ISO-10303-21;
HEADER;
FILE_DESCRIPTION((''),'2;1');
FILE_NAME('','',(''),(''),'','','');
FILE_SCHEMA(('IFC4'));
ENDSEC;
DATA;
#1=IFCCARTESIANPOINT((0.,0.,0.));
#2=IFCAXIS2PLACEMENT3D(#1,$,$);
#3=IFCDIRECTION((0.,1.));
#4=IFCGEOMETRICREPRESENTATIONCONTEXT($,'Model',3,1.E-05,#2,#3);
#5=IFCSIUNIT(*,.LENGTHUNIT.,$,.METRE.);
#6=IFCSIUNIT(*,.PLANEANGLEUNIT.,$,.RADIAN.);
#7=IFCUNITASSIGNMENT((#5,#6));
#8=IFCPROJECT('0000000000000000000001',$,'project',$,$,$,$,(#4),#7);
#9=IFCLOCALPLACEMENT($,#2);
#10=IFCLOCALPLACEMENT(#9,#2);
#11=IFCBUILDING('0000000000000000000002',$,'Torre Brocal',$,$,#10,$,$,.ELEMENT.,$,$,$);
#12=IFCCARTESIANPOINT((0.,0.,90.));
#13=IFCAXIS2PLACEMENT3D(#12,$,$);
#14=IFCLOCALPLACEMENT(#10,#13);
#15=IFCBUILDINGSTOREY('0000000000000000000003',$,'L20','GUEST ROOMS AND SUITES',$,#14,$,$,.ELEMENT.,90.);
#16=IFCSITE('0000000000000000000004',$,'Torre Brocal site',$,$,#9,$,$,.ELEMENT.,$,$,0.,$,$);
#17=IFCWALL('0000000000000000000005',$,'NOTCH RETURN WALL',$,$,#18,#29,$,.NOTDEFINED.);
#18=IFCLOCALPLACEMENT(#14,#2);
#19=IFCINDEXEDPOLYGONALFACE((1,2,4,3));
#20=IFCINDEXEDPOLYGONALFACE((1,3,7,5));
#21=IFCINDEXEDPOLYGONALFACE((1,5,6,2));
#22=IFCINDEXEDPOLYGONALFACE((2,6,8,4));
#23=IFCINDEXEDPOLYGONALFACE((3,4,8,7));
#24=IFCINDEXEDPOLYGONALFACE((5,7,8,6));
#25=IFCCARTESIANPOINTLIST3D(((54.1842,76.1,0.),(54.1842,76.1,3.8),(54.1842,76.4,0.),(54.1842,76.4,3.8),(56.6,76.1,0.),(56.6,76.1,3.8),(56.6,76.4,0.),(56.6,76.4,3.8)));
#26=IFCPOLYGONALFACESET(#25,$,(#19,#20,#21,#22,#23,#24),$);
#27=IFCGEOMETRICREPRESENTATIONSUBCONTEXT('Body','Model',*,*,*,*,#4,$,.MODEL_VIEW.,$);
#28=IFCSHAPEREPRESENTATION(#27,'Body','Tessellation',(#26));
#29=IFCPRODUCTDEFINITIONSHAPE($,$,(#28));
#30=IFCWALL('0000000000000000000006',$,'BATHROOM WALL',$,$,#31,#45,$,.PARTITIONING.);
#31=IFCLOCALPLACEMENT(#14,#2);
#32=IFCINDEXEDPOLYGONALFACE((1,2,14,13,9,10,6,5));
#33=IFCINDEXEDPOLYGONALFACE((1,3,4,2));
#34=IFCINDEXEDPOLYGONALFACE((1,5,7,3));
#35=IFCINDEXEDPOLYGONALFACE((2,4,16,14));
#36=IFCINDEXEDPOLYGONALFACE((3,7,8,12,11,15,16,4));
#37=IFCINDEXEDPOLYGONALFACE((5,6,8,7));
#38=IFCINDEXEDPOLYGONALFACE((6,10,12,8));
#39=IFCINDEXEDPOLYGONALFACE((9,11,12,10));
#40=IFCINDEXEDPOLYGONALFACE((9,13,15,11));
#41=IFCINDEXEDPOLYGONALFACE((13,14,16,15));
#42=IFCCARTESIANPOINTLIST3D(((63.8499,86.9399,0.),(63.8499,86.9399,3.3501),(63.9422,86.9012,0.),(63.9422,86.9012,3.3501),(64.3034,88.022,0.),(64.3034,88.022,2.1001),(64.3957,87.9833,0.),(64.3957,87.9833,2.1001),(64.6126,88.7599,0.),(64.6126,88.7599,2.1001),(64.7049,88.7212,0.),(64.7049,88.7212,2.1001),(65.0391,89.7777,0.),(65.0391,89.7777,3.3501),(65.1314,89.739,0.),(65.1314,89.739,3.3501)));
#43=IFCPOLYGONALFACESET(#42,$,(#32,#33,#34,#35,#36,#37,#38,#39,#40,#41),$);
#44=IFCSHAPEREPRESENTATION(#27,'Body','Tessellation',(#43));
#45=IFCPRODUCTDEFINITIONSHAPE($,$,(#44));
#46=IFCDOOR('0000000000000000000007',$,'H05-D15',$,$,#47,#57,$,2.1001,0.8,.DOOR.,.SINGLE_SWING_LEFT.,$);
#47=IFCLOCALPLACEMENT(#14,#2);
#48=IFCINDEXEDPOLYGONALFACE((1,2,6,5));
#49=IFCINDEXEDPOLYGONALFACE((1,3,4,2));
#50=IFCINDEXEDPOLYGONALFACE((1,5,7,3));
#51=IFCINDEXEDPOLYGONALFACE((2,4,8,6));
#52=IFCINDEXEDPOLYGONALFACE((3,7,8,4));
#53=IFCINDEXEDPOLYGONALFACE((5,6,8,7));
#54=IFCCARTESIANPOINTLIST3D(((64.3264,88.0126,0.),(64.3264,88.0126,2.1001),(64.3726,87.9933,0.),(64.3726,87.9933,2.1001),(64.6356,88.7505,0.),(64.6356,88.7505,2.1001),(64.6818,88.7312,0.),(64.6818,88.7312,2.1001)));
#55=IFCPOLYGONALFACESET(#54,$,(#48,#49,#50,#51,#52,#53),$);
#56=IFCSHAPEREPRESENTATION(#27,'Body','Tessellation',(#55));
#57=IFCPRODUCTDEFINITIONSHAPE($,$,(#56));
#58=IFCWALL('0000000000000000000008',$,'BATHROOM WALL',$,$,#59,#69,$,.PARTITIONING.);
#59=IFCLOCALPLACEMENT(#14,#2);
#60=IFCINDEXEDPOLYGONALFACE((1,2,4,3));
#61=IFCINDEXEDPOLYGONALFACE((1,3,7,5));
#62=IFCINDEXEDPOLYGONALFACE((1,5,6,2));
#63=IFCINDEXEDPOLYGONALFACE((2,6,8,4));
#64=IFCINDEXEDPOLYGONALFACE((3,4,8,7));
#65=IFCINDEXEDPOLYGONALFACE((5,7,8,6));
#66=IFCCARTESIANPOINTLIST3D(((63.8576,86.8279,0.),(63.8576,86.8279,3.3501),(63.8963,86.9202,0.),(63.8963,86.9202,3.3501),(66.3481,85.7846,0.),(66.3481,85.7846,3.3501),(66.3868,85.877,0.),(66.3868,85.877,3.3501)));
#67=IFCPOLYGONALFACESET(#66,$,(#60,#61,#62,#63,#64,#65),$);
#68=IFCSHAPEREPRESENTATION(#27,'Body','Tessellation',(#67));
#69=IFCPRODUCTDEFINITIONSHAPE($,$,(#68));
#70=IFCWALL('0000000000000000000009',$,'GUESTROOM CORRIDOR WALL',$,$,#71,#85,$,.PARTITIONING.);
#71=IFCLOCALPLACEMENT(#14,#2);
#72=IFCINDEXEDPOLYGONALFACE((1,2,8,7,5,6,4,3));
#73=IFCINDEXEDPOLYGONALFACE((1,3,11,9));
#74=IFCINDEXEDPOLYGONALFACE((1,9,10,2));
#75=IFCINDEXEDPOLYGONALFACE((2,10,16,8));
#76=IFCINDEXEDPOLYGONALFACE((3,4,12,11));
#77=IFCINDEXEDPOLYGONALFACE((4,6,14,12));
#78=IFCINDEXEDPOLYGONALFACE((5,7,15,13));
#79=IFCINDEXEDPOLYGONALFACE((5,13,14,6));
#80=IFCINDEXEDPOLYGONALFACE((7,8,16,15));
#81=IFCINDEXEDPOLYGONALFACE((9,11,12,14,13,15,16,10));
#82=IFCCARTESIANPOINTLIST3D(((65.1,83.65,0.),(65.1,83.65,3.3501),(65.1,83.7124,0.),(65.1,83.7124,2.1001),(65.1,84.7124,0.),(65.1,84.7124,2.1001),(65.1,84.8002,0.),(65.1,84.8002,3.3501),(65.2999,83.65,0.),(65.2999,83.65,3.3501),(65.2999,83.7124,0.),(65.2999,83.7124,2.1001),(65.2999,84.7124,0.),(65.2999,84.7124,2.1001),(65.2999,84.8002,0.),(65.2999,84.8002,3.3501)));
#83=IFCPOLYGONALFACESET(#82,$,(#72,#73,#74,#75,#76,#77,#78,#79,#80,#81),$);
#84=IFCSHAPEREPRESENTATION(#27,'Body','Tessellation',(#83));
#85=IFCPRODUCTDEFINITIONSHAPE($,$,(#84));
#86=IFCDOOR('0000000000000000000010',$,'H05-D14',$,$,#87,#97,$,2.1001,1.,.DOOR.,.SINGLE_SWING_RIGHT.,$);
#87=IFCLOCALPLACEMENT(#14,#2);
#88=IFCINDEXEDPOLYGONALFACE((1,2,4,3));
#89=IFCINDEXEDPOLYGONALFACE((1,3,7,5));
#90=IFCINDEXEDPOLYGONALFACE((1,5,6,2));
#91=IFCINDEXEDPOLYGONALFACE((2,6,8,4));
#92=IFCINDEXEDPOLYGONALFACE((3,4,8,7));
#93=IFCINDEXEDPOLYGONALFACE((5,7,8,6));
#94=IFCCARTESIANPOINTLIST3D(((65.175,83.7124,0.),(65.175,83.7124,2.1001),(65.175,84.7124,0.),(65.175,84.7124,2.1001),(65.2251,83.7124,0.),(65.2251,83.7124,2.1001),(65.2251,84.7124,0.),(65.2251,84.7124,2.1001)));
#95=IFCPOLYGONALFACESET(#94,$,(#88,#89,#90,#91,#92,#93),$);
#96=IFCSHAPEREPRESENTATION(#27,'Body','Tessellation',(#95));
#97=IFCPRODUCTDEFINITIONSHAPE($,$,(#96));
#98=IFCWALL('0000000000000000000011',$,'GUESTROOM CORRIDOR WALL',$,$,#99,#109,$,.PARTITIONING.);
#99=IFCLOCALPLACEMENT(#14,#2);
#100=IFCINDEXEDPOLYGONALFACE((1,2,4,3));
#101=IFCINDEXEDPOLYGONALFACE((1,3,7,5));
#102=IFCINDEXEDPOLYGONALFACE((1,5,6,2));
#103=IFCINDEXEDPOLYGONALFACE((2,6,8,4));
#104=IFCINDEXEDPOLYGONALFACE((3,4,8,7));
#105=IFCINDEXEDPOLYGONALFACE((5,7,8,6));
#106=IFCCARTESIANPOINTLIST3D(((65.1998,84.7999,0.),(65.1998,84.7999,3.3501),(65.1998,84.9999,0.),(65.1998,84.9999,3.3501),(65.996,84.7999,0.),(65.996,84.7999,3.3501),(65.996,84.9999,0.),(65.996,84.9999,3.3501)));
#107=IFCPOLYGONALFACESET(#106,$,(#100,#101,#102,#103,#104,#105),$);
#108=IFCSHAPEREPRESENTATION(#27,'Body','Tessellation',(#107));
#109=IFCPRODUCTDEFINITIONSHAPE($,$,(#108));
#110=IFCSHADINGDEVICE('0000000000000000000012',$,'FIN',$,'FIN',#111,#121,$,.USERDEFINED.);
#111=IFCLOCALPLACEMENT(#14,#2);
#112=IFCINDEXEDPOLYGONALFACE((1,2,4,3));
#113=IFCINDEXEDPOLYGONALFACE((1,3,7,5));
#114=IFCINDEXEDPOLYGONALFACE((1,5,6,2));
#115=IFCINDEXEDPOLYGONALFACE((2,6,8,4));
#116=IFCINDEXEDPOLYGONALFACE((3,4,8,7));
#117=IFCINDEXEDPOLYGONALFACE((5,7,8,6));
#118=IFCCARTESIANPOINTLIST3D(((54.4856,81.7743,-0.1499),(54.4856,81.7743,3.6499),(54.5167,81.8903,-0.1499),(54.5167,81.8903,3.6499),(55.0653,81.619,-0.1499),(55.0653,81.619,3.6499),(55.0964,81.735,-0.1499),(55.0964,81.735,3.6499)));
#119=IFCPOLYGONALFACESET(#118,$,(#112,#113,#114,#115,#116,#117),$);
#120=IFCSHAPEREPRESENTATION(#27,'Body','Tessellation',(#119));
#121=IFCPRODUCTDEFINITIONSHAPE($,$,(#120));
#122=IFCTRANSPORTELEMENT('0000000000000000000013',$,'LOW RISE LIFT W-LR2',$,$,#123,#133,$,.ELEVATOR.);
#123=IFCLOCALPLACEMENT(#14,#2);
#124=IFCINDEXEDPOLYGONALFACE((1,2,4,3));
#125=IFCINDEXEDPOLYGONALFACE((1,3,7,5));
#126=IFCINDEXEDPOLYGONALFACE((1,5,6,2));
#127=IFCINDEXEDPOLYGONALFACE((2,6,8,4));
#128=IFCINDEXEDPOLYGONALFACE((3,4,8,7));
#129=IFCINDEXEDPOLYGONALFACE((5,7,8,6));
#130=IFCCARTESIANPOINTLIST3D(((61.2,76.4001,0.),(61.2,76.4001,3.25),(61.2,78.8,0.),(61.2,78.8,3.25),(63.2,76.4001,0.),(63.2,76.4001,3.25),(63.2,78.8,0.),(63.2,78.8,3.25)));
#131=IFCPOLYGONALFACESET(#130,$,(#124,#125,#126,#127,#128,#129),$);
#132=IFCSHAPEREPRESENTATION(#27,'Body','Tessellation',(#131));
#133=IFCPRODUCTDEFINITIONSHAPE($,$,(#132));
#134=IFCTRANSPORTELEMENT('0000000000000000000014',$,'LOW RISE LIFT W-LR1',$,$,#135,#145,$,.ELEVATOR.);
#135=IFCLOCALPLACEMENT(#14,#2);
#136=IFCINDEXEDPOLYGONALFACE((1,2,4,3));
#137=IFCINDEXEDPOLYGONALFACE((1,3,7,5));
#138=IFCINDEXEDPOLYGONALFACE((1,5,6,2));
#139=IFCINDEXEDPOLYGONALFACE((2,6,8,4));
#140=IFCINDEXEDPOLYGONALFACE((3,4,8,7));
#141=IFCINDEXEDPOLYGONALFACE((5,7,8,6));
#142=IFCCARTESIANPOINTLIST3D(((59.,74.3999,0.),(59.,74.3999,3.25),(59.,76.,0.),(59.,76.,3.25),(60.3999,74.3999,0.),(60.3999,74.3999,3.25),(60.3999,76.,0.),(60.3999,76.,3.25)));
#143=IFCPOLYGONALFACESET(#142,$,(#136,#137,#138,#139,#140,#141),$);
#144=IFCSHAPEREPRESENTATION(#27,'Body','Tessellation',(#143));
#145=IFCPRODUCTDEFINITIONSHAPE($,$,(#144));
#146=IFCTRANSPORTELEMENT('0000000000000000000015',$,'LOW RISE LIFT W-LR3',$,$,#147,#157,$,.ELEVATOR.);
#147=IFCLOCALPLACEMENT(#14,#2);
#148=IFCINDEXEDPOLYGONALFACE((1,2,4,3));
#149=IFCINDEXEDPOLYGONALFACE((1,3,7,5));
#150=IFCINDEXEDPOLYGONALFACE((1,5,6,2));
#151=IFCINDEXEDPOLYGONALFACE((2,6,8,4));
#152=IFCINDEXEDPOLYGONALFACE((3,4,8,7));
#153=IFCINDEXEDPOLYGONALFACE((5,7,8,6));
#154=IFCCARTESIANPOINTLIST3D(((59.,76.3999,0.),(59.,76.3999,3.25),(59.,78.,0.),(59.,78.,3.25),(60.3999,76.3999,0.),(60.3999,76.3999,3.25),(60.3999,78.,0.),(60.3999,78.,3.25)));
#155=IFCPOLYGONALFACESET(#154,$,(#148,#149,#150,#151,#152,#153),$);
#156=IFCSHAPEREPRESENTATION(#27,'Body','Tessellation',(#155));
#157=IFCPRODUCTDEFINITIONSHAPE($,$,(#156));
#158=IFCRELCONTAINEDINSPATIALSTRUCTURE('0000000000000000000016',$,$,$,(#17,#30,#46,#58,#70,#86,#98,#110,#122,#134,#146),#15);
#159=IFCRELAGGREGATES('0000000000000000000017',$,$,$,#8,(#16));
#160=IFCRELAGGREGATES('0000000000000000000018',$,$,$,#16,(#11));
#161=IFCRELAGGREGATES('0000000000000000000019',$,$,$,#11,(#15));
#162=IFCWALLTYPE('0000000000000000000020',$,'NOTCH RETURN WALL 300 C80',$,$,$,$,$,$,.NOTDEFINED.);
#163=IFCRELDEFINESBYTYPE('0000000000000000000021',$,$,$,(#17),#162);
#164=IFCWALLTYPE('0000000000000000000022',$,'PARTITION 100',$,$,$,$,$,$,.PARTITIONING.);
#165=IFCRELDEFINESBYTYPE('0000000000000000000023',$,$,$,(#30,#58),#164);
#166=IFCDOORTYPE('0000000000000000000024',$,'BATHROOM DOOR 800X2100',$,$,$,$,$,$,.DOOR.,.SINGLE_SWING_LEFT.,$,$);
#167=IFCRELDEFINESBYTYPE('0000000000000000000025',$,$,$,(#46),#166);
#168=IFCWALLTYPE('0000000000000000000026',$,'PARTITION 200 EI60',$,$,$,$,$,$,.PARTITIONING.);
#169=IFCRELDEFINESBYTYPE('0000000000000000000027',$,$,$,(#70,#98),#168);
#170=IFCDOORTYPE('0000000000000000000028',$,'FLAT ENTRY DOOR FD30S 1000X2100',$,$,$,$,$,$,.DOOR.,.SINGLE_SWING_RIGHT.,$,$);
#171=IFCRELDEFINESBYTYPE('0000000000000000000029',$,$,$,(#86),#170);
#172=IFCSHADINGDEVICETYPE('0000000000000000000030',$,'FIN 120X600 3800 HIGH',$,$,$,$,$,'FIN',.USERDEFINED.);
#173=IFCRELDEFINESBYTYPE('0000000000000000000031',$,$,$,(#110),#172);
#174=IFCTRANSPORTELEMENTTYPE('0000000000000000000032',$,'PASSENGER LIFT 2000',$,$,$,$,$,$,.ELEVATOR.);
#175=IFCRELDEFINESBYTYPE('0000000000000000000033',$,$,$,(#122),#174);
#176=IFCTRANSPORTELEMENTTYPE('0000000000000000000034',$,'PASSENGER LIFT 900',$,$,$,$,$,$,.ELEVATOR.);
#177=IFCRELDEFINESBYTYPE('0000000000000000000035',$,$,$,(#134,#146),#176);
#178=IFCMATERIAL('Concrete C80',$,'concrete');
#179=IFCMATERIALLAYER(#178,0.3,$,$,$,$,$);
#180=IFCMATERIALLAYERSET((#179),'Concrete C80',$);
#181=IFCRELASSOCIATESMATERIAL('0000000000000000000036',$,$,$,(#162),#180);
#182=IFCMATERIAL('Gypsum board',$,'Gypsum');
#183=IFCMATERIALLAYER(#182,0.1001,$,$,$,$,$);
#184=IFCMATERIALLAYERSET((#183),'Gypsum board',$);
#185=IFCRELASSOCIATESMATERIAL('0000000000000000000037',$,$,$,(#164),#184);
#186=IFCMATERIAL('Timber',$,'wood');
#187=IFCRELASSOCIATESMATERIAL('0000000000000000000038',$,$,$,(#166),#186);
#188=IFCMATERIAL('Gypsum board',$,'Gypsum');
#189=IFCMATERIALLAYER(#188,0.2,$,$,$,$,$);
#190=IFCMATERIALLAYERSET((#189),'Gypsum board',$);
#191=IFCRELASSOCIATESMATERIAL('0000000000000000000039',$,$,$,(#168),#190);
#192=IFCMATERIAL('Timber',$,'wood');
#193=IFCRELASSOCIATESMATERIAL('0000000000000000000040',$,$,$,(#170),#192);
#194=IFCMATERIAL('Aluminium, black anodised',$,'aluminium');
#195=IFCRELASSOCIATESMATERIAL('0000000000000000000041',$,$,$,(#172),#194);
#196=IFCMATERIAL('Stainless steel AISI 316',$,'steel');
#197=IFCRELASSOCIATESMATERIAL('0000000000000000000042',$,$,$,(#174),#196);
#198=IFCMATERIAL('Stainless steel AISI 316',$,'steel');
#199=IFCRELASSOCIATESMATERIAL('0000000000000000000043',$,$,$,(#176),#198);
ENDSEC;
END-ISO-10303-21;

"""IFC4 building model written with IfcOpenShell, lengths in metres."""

from ifc_helpers import new_model, si_unit, direction, frame, frame_2d, origin, origin_2d, place, context, subcontext, project, spatial, rectangle, extrude, material, layer, layer_set, material_profile, profile_set, type_object, element, fill, save


model = new_model("IFC4")

# Units and contexts
model_context = context("Model", 3, precision=1e-05, world=origin(), true_north=direction((0.0, 1.0)))
body_context = subcontext(model_context, "Body", "Model", "MODEL_VIEW")
ifc_project = project(units=[si_unit("LENGTHUNIT", "METRE"), si_unit("PLANEANGLEUNIT", "RADIAN")], contexts=[model_context])

# Site, building, storey
site_placement = place(None, origin())
site = spatial("IfcSite", under=ifc_project, at=site_placement, Name="Torre Brocal site", CompositionType="ELEMENT", RefElevation=0.0)
building_placement = place(site_placement, origin())
building = spatial("IfcBuilding", under=site, at=building_placement, Name="Torre Brocal", CompositionType="ELEMENT")
storey_placement = place(building_placement, frame((0.0, 0.0, 90.0)))
storey = spatial("IfcBuildingStorey", under=building, at=storey_placement, Name="L20", Description="GUEST ROOMS AND SUITES", CompositionType="ELEMENT", Elevation=90.0)

# Wall
ifc_material_1 = material(Name="Concrete C80", Category="concrete")
ifc_layer_1 = layer(ifc_material_1, 0.3)
ifc_layer_set_1 = layer_set([ifc_layer_1], Name="Concrete C80")
wall_type_1 = type_object("IfcWallType", Name="NOTCH RETURN WALL 300 C80", PredefinedType="NOTDEFINED", material=ifc_layer_set_1)
wall_1_placement = place(storey_placement, frame((56.6001, 76.25, 0.0), z_axis=(0.0, 0.0, 1.0), x_axis=(-1.0, 0.0, 0.0)))
element("IfcWall", 1, at=wall_1_placement, inside=storey, type_object=wall_type_1, Name="NOTCH RETURN WALL", PredefinedType="NOTDEFINED", context=body_context, shape_type="SweptSolid", body=[
    extrude(rectangle(XDim=2.4158, YDim=0.3, at=frame_2d((1.208, 0.0))), origin(), (0.0, 0.0, 1.0), 3.8),
])

# Wall, opening, door
ifc_material_2 = material(Name="Gypsum board", Category="Gypsum")
ifc_layer_2 = layer(ifc_material_2, 0.1001)
ifc_layer_set_2 = layer_set([ifc_layer_2], Name="Gypsum board")
wall_type_2 = type_object("IfcWallType", Name="PARTITION 100", PredefinedType="PARTITIONING", material=ifc_layer_set_2)
wall_2_placement = place(storey_placement, frame((63.896, 86.9204, 0.0), z_axis=(0.0, 0.0, 1.0), x_axis=(0.386485, 0.922296, 0.0)))
wall_2 = element("IfcWall", 2, at=wall_2_placement, inside=storey, type_object=wall_type_2, Name="BATHROOM WALL", PredefinedType="PARTITIONING", context=body_context, shape_type="SweptSolid", body=[
    extrude(rectangle(XDim=3.0769, YDim=0.1001, at=frame_2d((1.5386, 0.0))), origin(), (0.0, 0.0, 1.0), 3.3501),
])
opening_1_placement = place(wall_2_placement, frame((1.1736, 0.0, 0.0)))
opening_1 = element("IfcOpeningElement", 3, at=opening_1_placement, cuts=wall_2, PredefinedType="OPENING", context=body_context, shape_type="SweptSolid", body=[
    extrude(rectangle(XDim=0.8, YDim=2.1001, at=frame_2d((0.3999, 1.05))), frame((0.0, 0.0601, 0.0), z_axis=(0.0, -1.0, 0.0), x_axis=(1.0, 0.0, 0.0)), (0.0, 0.0, 1.0), 0.1201),
])
ifc_material_3 = material(Name="Timber", Category="wood")
door_type_1 = type_object("IfcDoorType", Name="BATHROOM DOOR 800X2100", OperationType="SINGLE_SWING_LEFT", PredefinedType="DOOR", material=ifc_material_3)
door_1_placement = place(opening_1_placement, frame((0.8, 0.0, 0.0), z_axis=(0.0, 0.0, 1.0), x_axis=(-1.0, 0.0, 0.0)))
door_1 = element("IfcDoor", 4, at=door_1_placement, inside=storey, type_object=door_type_1, Name="H05-D15", OperationType="SINGLE_SWING_LEFT", OverallHeight=2.1001, OverallWidth=0.8, PredefinedType="DOOR", context=body_context, shape_type="SweptSolid", body=[
    extrude(rectangle(XDim=0.8, YDim=2.1001, at=frame_2d((0.3999, 1.05))), frame((0.0, 0.0249, 0.0), z_axis=(0.0, -1.0, 0.0), x_axis=(1.0, 0.0, 0.0)), (0.0, 0.0, 1.0), 0.05),
])
fill(opening_1, door_1)

# Wall
wall_3_placement = place(storey_placement, frame((63.877, 86.874, 0.0), z_axis=(0.0, 0.0, 1.0), x_axis=(0.92235, -0.386355, 0.0)))
element("IfcWall", 5, at=wall_3_placement, inside=storey, type_object=wall_type_2, Name="BATHROOM WALL", PredefinedType="PARTITIONING", context=body_context, shape_type="SweptSolid", body=[
    extrude(rectangle(XDim=2.7002, YDim=0.1001, at=frame_2d((1.3501, 0.0))), origin(), (0.0, 0.0, 1.0), 3.3501),
])

# Wall, opening, door
ifc_material_4 = material(Name="Gypsum board", Category="Gypsum")
ifc_layer_3 = layer(ifc_material_4, 0.2)
ifc_layer_set_3 = layer_set([ifc_layer_3], Name="Gypsum board")
wall_type_3 = type_object("IfcWallType", Name="PARTITION 200 EI60", PredefinedType="PARTITIONING", material=ifc_layer_set_3)
wall_4_placement = place(storey_placement, frame((65.2, 83.6499, 0.0), z_axis=(0.0, 0.0, 1.0), x_axis=(0.0, 1.0, 0.0)))
wall_4 = element("IfcWall", 6, at=wall_4_placement, inside=storey, type_object=wall_type_3, Name="GUESTROOM CORRIDOR WALL", PredefinedType="PARTITIONING", context=body_context, shape_type="SweptSolid", body=[
    extrude(rectangle(XDim=1.1501, YDim=0.2, at=frame_2d((0.5752, 0.0))), origin(), (0.0, 0.0, 1.0), 3.3501),
])
opening_2_placement = place(wall_4_placement, frame((0.0625, 0.0, 0.0)))
opening_2 = element("IfcOpeningElement", 7, at=opening_2_placement, cuts=wall_4, PredefinedType="OPENING", context=body_context, shape_type="SweptSolid", body=[
    extrude(rectangle(XDim=1.0, YDim=2.1001, at=frame_2d((0.5, 1.05))), frame((0.0, 0.1099, 0.0), z_axis=(0.0, -1.0, 0.0), x_axis=(1.0, 0.0, 0.0)), (0.0, 0.0, 1.0), 0.22),
])
ifc_material_5 = material(Name="Timber", Category="wood")
door_type_2 = type_object("IfcDoorType", Name="FLAT ENTRY DOOR FD30S 1000X2100", OperationType="SINGLE_SWING_RIGHT", PredefinedType="DOOR", material=ifc_material_5)
door_2_placement = place(opening_2_placement, origin())
door_2 = element("IfcDoor", 8, at=door_2_placement, inside=storey, type_object=door_type_2, Name="H05-D14", OperationType="SINGLE_SWING_RIGHT", OverallHeight=2.1001, OverallWidth=1.0, PredefinedType="DOOR", context=body_context, shape_type="SweptSolid", body=[
    extrude(rectangle(XDim=1.0, YDim=2.1001, at=frame_2d((0.5, 1.05))), frame((0.0, 0.0249, 0.0), z_axis=(0.0, -1.0, 0.0), x_axis=(1.0, 0.0, 0.0)), (0.0, 0.0, 1.0), 0.05),
])
fill(opening_2, door_2)

# Wall
wall_5_placement = place(storey_placement, frame((65.2, 84.8999, 0.0), z_axis=(0.0, 0.0, 1.0), x_axis=(1.0, 0.0, 0.0)))
element("IfcWall", 9, at=wall_5_placement, inside=storey, type_object=wall_type_3, Name="GUESTROOM CORRIDOR WALL", PredefinedType="PARTITIONING", context=body_context, shape_type="SweptSolid", body=[
    extrude(rectangle(XDim=0.7961, YDim=0.2, at=frame_2d((0.3979, 0.0))), origin(), (0.0, 0.0, 1.0), 3.3501),
])

# Shading device
ifc_material_6 = material(Name="Aluminium, black anodised", Category="aluminium")
ifc_material_profile_1 = material_profile(ifc_material_6, rectangle(XDim=0.1201, YDim=0.6001, at=origin_2d()), Name="FIN 120X600 3800 HIGH")
ifc_profile_set_1 = profile_set([ifc_material_profile_1], Name="Aluminium, black anodised")
shading_device_type = type_object("IfcShadingDeviceType", Name="FIN 120X600 3800 HIGH", ElementType="FIN", PredefinedType="USERDEFINED", material=ifc_profile_set_1)
shading_device_placement = place(storey_placement, frame((54.791, 81.7546, -0.1499), z_axis=(0.0, 0.0, 1.0), x_axis=(-0.258819, -0.965926, 0.0)))
element("IfcShadingDevice", 10, at=shading_device_placement, inside=storey, type_object=shading_device_type, Name="FIN", ObjectType="FIN", PredefinedType="USERDEFINED", context=body_context, shape_type="SweptSolid", body=[
    extrude(rectangle(XDim=0.1201, YDim=0.6001, at=origin_2d()), origin(), (0.0, 0.0, 1.0), 3.7998),
])

# Transport elements
ifc_material_7 = material(Name="Stainless steel AISI 316", Category="steel")
transport_element_type_1 = type_object("IfcTransportElementType", Name="PASSENGER LIFT 2000", PredefinedType="ELEVATOR", material=ifc_material_7)
transport_element_placement = place(storey_placement, frame((62.2, 77.6001, 0.0), z_axis=(0.0, 0.0, 1.0), x_axis=(1.0, 0.0, 0.0)))
element("IfcTransportElement", 11, at=transport_element_placement, inside=storey, type_object=transport_element_type_1, Name="LOW RISE LIFT W-LR2", PredefinedType="ELEVATOR", context=body_context, shape_type="SweptSolid", body=[
    extrude(rectangle(XDim=2.0, YDim=2.3999, at=origin_2d()), origin(), (0.0, 0.0, 1.0), 3.25),
])
ifc_material_8 = material(Name="Stainless steel AISI 316", Category="steel")
transport_element_type_2 = type_object("IfcTransportElementType", Name="PASSENGER LIFT 900", PredefinedType="ELEVATOR", material=ifc_material_8)
for number, where, z_axis, x_axis, name in (
    (12, (59.7, 75.2, 0.0), (0.0, 0.0, 1.0), (1.0, 0.0, 0.0), "LOW RISE LIFT W-LR1"),
    (13, (59.7, 77.2, 0.0), (0.0, 0.0, 1.0), (1.0, 0.0, 0.0), "LOW RISE LIFT W-LR3"),
):
    element("IfcTransportElement", number, at=place(storey_placement, frame(where, z_axis=z_axis, x_axis=x_axis)), inside=storey, type_object=transport_element_type_2, Name=name, PredefinedType="ELEVATOR", context=body_context, shape_type="SweptSolid", body=[
        extrude(rectangle(XDim=1.3999, YDim=1.6001, at=origin_2d()), origin(), (0.0, 0.0, 1.0), 3.25),
    ])

save(model, "model.ifc")
